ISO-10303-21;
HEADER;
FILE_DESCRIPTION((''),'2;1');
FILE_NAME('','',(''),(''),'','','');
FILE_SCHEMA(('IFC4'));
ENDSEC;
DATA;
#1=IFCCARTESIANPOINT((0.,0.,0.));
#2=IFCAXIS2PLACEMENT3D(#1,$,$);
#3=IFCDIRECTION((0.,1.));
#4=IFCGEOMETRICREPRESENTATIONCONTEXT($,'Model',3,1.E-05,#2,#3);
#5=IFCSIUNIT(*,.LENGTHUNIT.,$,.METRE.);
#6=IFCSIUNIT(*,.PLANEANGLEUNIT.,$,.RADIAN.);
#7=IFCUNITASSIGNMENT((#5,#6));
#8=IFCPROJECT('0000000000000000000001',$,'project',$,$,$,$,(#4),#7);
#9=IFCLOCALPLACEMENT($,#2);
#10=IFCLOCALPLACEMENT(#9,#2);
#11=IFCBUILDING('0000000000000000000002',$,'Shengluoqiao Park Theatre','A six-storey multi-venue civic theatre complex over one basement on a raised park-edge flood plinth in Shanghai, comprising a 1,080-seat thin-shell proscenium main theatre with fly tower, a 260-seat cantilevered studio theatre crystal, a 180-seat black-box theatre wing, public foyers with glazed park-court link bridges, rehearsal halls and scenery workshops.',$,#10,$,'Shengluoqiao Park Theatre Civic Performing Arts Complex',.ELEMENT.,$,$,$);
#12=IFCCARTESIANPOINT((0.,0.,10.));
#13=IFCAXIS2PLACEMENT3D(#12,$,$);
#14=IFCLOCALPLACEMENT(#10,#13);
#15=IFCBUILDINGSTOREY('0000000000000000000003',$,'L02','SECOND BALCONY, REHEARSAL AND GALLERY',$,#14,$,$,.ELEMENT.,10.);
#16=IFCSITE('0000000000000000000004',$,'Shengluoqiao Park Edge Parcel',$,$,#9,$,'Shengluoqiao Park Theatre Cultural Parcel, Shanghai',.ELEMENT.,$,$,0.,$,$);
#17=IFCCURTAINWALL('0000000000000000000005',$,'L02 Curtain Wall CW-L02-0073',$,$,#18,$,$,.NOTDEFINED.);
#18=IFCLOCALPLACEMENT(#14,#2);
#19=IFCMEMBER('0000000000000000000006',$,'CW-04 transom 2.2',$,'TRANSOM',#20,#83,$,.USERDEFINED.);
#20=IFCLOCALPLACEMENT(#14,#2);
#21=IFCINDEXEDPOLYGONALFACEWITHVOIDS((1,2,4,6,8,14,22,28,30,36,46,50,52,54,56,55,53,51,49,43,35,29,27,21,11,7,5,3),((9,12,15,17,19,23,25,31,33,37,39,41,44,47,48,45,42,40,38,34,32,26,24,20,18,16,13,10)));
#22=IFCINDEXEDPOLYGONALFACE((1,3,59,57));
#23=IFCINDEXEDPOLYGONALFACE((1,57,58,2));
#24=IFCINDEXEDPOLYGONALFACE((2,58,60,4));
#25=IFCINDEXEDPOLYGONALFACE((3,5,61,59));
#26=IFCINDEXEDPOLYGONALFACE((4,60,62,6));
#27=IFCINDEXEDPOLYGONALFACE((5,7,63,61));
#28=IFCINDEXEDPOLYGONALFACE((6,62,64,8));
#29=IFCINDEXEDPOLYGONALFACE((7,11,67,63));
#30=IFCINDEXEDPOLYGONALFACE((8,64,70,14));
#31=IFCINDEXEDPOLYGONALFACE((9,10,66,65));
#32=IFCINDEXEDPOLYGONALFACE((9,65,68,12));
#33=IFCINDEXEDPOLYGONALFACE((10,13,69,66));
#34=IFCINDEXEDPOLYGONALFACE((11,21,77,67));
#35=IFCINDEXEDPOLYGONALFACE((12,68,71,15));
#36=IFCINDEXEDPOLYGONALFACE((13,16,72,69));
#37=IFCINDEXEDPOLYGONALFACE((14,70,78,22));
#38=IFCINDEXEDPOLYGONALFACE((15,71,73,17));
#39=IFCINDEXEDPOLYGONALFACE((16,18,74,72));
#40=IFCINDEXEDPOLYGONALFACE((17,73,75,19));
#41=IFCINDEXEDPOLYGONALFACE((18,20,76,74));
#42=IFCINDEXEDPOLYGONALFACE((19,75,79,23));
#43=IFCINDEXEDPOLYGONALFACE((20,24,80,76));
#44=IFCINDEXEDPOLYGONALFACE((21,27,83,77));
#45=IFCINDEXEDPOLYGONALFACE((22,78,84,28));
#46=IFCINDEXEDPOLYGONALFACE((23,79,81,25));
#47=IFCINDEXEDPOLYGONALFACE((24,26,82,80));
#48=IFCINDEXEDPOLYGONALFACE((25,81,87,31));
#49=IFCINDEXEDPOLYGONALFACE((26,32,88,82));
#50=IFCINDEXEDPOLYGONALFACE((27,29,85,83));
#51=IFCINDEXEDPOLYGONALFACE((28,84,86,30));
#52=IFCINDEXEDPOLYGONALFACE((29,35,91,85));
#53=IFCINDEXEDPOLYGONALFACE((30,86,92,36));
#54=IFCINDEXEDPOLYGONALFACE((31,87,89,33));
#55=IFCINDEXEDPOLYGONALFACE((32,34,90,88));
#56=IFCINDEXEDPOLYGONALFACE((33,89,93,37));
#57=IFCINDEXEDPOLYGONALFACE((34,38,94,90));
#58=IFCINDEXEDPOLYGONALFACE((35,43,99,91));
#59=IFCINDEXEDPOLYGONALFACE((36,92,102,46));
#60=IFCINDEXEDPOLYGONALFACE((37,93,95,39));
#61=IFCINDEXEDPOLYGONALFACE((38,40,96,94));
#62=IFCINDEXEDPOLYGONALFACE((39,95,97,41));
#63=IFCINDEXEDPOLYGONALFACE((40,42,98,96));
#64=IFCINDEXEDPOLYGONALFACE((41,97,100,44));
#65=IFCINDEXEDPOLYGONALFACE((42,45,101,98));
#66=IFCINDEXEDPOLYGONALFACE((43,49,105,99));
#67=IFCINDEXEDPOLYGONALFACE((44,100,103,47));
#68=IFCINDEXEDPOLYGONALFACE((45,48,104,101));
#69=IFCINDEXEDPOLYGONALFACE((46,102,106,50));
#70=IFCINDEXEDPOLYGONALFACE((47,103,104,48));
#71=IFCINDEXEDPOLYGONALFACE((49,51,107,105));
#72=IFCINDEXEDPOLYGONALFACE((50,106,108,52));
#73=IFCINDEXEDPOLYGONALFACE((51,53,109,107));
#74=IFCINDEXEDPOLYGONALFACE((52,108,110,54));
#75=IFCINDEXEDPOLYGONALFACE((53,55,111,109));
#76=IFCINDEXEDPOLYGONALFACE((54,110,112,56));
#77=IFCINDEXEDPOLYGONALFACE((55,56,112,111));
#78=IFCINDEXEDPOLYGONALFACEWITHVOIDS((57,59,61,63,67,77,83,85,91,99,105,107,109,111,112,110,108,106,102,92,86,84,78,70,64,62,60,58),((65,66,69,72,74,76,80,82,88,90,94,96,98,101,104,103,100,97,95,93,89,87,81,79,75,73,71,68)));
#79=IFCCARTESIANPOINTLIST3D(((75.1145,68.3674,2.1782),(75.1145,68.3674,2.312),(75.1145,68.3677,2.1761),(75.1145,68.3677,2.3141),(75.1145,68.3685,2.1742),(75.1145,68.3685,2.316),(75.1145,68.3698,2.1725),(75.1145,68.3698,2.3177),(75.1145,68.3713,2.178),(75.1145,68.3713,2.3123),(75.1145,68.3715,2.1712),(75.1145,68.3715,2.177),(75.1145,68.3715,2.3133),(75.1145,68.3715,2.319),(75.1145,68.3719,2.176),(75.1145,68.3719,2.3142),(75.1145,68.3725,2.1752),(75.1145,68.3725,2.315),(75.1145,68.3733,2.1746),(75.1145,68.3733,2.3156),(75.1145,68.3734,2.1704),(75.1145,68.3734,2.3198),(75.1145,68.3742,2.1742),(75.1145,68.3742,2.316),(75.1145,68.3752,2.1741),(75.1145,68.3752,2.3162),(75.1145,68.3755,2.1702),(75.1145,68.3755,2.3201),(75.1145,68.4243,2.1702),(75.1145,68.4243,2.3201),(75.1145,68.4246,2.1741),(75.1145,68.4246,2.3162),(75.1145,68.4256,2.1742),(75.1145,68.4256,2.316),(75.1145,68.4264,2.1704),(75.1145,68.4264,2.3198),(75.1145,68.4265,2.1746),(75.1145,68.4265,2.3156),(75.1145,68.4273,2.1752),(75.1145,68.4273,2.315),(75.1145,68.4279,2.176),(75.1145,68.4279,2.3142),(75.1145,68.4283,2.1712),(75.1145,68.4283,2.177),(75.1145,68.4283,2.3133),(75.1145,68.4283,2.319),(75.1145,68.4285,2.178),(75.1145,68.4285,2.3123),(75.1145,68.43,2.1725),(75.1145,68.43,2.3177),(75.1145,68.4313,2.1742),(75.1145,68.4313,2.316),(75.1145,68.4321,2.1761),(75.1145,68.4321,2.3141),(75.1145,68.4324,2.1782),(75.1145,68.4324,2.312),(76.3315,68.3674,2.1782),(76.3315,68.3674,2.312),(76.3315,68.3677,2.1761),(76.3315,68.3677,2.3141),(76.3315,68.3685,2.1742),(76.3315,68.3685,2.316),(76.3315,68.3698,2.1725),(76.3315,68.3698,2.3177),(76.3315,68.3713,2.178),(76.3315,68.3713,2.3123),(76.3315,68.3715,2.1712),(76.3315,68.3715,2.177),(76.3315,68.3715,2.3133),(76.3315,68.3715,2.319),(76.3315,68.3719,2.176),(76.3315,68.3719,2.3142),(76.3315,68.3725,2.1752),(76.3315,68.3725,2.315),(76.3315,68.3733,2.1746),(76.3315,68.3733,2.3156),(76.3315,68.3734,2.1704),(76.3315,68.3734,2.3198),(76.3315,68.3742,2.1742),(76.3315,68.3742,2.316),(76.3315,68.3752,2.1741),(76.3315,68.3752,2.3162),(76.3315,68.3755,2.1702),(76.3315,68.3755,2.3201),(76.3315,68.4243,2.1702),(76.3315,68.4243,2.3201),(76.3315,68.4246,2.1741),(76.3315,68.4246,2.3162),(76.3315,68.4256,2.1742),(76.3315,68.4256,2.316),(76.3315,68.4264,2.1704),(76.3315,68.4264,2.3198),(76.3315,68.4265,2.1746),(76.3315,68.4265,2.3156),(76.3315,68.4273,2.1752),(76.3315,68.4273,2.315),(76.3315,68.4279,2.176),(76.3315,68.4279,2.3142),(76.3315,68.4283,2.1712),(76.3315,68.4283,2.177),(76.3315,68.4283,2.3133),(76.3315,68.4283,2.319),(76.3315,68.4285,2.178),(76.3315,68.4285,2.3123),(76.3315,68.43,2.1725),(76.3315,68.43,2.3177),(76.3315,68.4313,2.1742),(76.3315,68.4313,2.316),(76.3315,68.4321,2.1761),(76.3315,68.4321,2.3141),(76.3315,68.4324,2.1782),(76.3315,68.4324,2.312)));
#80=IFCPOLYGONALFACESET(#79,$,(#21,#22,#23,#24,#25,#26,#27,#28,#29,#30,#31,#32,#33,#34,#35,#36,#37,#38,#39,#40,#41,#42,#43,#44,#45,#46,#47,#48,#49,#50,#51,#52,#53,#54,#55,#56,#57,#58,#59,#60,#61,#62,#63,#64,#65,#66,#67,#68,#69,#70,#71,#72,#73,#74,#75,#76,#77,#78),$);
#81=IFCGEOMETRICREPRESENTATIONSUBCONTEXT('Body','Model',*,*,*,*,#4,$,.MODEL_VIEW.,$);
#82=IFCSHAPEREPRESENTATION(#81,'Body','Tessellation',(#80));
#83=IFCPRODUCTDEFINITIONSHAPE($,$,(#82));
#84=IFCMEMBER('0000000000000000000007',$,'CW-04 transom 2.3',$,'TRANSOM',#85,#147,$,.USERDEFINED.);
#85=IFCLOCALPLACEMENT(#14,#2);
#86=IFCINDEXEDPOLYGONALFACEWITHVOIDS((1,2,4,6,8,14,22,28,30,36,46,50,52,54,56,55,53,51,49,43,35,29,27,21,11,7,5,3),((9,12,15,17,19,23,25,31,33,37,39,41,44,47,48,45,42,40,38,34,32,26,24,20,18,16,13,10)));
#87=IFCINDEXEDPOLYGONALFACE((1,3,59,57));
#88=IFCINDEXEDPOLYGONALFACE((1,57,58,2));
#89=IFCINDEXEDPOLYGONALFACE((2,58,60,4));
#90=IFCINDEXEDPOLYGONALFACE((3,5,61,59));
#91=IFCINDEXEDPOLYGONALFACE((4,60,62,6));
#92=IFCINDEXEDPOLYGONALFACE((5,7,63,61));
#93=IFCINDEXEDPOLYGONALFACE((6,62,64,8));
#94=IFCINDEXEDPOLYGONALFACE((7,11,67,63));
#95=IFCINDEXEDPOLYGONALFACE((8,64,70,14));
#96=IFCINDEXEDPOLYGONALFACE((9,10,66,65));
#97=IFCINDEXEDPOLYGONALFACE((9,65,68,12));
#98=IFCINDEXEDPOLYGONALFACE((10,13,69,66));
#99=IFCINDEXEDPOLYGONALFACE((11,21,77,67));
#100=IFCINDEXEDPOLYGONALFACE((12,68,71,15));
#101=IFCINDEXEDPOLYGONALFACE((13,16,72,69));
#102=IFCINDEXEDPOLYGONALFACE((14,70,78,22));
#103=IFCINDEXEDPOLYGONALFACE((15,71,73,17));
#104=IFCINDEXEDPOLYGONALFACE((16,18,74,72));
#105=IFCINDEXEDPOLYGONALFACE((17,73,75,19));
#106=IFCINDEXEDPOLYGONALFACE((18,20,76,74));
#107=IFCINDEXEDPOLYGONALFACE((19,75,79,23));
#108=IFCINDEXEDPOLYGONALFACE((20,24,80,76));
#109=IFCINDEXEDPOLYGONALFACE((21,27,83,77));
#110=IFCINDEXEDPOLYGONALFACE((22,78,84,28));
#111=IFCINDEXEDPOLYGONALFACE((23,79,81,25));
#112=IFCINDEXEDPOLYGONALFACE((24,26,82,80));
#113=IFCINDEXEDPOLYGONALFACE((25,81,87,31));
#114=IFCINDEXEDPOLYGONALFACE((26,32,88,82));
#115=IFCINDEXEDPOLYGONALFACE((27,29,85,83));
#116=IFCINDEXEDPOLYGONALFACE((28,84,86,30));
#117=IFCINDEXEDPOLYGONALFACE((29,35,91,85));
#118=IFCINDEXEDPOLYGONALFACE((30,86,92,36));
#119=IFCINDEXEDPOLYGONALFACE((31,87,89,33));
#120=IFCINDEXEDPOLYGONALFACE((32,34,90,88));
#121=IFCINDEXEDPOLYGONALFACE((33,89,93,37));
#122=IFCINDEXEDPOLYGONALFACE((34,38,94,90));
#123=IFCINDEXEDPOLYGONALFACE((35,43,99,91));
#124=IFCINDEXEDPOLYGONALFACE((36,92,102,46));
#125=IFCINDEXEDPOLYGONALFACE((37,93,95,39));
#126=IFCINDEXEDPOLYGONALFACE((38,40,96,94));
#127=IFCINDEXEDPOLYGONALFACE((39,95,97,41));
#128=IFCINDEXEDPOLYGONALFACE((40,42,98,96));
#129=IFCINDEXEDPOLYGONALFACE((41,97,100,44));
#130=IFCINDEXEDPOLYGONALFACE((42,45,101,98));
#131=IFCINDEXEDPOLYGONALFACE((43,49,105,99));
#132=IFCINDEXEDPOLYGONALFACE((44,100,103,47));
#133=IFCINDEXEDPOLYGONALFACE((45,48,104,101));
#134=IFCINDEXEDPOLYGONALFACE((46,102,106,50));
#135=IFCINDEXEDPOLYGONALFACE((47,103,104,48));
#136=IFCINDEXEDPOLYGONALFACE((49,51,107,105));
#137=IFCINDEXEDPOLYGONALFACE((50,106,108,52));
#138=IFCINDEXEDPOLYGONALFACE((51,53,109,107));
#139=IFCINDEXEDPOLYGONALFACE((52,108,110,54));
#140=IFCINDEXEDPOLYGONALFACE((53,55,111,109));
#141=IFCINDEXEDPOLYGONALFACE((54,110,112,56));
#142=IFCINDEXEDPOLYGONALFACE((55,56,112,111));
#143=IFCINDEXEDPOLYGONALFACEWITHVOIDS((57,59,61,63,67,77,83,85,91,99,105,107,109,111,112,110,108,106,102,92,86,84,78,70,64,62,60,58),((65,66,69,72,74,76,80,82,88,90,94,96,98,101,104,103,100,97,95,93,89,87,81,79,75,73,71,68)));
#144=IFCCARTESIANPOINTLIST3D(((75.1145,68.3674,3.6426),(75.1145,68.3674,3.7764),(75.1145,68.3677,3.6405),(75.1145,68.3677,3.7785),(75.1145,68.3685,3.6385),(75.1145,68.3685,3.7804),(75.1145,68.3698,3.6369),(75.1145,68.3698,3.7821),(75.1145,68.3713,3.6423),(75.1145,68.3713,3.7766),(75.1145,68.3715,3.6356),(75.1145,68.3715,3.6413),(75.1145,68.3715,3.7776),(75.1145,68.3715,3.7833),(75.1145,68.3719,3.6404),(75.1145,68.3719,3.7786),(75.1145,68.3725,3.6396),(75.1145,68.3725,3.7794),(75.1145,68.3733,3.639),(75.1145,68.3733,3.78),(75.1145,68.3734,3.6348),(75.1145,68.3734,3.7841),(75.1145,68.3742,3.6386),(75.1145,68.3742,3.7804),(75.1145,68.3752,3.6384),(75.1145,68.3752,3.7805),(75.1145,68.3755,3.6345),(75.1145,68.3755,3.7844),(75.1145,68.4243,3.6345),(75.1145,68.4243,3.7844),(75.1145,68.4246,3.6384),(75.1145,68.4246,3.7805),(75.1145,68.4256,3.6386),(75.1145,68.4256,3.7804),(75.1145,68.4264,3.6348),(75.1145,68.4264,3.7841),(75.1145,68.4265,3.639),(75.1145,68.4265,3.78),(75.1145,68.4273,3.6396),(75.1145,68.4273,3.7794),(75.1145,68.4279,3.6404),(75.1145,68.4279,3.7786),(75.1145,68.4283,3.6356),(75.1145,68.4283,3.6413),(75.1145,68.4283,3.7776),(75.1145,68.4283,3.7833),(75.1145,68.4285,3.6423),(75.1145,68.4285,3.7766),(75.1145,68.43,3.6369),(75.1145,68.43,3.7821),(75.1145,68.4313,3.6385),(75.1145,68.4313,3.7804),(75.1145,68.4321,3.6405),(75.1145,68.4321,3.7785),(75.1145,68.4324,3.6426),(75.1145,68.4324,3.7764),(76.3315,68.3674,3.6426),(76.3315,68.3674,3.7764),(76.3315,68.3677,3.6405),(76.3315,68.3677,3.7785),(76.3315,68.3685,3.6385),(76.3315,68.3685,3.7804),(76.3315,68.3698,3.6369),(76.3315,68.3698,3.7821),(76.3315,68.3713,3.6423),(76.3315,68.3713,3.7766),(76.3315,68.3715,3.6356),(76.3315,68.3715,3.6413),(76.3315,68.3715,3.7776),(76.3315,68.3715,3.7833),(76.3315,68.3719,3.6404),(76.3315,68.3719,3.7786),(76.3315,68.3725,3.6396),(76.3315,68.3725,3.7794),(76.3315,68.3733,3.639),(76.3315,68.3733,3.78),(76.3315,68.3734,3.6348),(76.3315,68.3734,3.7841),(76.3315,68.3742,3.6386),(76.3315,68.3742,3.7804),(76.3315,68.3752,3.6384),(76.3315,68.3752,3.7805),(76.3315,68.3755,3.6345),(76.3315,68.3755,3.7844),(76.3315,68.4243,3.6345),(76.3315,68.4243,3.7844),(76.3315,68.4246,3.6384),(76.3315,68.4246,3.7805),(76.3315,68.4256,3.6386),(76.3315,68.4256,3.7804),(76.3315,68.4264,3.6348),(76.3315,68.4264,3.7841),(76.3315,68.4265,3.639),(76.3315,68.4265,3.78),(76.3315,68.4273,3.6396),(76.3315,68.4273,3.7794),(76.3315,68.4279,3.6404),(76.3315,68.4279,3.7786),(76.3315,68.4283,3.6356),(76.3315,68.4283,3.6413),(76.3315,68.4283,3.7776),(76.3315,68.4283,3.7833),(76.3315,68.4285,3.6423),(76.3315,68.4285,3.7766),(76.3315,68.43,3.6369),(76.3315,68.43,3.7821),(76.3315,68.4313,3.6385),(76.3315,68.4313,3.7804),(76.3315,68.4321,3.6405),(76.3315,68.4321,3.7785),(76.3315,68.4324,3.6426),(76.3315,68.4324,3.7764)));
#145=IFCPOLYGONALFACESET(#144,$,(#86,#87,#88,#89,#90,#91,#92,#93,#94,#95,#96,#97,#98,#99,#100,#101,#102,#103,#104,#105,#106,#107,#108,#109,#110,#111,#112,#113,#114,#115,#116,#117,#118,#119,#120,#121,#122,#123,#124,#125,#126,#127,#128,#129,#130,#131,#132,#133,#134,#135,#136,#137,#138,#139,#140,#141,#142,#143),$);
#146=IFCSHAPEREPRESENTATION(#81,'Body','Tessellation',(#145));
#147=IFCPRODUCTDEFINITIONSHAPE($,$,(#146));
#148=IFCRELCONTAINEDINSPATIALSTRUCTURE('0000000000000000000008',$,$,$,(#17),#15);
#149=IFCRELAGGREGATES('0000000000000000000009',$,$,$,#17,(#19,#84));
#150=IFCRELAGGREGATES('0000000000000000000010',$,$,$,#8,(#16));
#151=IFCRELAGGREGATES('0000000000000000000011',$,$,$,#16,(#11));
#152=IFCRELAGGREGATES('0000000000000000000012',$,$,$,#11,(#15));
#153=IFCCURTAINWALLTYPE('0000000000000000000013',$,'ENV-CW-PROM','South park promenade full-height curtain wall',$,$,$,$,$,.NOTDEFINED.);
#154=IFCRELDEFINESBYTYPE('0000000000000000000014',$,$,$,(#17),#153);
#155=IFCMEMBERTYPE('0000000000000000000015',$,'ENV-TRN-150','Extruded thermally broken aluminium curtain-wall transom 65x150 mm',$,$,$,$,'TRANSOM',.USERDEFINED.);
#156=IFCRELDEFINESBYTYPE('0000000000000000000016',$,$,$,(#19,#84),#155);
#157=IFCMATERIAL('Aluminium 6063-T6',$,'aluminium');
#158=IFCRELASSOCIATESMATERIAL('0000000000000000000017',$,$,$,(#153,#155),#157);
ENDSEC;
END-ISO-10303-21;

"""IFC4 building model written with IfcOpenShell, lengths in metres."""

from ifc_helpers import new_model, si_unit, direction, frame, origin, origin_2d, place, context, subcontext, project, spatial, hollow_rectangle, extrude, material, material_profile, profile_set, type_object, element, aggregate, save


model = new_model("IFC4")

# Units and contexts
model_context = context("Model", 3, precision=1e-05, world=origin(), true_north=direction((0.0, 1.0)))
body_context = subcontext(model_context, "Body", "Model", "MODEL_VIEW")
ifc_project = project(units=[si_unit("LENGTHUNIT", "METRE"), si_unit("PLANEANGLEUNIT", "RADIAN")], contexts=[model_context])

# Site, building, storey
site_placement = place(None, origin())
site = spatial("IfcSite", under=ifc_project, at=site_placement, Name="Shengluoqiao Park Edge Parcel", LongName="Shengluoqiao Park Theatre Cultural Parcel, Shanghai", CompositionType="ELEMENT", RefElevation=0.0)
building_placement = place(site_placement, origin())
building = spatial("IfcBuilding", under=site, at=building_placement, Name="Shengluoqiao Park Theatre", Description="A six-storey multi-venue civic theatre complex over one basement on a raised park-edge flood plinth in Shanghai, comprising a 1,080-seat thin-shell proscenium main theatre with fly tower, a 260-seat cantilevered studio theatre crystal, a 180-seat black-box theatre wing, public foyers with glazed park-court link bridges, rehearsal halls and scenery workshops.", LongName="Shengluoqiao Park Theatre Civic Performing Arts Complex", CompositionType="ELEMENT")
storey_placement = place(building_placement, frame((0.0, 0.0, 10.0)))
storey = spatial("IfcBuildingStorey", under=building, at=storey_placement, Name="L02", Description="SECOND BALCONY, REHEARSAL AND GALLERY", CompositionType="ELEMENT", Elevation=10.0)

# Shared definitions
ifc_material_1 = material(Name="Aluminium 6063-T6", Category="aluminium")
curtain_wall_type = type_object("IfcCurtainWallType", Name="ENV-CW-PROM", Description="South park promenade full-height curtain wall", PredefinedType="NOTDEFINED", material=ifc_material_1)

# Curtain wall
curtain_wall_1_placement = place(storey_placement, origin())
curtain_wall_1 = element("IfcCurtainWall", 1, at=curtain_wall_1_placement, inside=storey, type_object=curtain_wall_type, Name="L02 Curtain Wall CW-L02-0073", PredefinedType="NOTDEFINED")

# Members
ifc_material_profile_1 = material_profile(ifc_material_1, hollow_rectangle(XDim=0.0649, YDim=0.1499, WallThickness=0.0039, InnerFilletRadius=0.0039, OuterFilletRadius=0.0081, at=origin_2d()), Name="ALU TRANSOM 150x65x4")
ifc_profile_set_1 = profile_set([ifc_material_profile_1], Name="Aluminium 6063-T6")
member_type_1 = type_object("IfcMemberType", Name="ENV-TRN-150", Description="Extruded thermally broken aluminium curtain-wall transom 65x150 mm", ElementType="TRANSOM", PredefinedType="USERDEFINED", material=ifc_profile_set_1)
member_1_placement = place(storey_placement, frame((75.1145, 68.3999, 2.2451), z_axis=(1.0, 0.0, 0.0), x_axis=(0.0, 1.0, 0.0)))
member_1 = element("IfcMember", 2, at=member_1_placement, type_object=member_type_1, Name="CW-04 transom 2.2", ObjectType="TRANSOM", PredefinedType="USERDEFINED", context=body_context, shape_type="SweptSolid", body=[
    extrude(hollow_rectangle(XDim=0.0649, YDim=0.1499, WallThickness=0.0039, InnerFilletRadius=0.0039, OuterFilletRadius=0.0081, at=origin_2d()), origin(), (0.0, 0.0, 1.0), 1.217),
])
member_2_placement = place(storey_placement, frame((75.1145, 68.3999, 3.7095), z_axis=(1.0, 0.0, 0.0), x_axis=(0.0, 1.0, 0.0)))
member_2 = element("IfcMember", 3, at=member_2_placement, type_object=member_type_1, Name="CW-04 transom 2.3", ObjectType="TRANSOM", PredefinedType="USERDEFINED", context=body_context, shape_type="SweptSolid", body=[
    extrude(hollow_rectangle(XDim=0.0649, YDim=0.1499, WallThickness=0.0039, InnerFilletRadius=0.0039, OuterFilletRadius=0.0081, at=origin_2d()), origin(), (0.0, 0.0, 1.0), 1.217),
])

aggregate(curtain_wall_1, [member_1, member_2])

save(model, "model.ifc")
